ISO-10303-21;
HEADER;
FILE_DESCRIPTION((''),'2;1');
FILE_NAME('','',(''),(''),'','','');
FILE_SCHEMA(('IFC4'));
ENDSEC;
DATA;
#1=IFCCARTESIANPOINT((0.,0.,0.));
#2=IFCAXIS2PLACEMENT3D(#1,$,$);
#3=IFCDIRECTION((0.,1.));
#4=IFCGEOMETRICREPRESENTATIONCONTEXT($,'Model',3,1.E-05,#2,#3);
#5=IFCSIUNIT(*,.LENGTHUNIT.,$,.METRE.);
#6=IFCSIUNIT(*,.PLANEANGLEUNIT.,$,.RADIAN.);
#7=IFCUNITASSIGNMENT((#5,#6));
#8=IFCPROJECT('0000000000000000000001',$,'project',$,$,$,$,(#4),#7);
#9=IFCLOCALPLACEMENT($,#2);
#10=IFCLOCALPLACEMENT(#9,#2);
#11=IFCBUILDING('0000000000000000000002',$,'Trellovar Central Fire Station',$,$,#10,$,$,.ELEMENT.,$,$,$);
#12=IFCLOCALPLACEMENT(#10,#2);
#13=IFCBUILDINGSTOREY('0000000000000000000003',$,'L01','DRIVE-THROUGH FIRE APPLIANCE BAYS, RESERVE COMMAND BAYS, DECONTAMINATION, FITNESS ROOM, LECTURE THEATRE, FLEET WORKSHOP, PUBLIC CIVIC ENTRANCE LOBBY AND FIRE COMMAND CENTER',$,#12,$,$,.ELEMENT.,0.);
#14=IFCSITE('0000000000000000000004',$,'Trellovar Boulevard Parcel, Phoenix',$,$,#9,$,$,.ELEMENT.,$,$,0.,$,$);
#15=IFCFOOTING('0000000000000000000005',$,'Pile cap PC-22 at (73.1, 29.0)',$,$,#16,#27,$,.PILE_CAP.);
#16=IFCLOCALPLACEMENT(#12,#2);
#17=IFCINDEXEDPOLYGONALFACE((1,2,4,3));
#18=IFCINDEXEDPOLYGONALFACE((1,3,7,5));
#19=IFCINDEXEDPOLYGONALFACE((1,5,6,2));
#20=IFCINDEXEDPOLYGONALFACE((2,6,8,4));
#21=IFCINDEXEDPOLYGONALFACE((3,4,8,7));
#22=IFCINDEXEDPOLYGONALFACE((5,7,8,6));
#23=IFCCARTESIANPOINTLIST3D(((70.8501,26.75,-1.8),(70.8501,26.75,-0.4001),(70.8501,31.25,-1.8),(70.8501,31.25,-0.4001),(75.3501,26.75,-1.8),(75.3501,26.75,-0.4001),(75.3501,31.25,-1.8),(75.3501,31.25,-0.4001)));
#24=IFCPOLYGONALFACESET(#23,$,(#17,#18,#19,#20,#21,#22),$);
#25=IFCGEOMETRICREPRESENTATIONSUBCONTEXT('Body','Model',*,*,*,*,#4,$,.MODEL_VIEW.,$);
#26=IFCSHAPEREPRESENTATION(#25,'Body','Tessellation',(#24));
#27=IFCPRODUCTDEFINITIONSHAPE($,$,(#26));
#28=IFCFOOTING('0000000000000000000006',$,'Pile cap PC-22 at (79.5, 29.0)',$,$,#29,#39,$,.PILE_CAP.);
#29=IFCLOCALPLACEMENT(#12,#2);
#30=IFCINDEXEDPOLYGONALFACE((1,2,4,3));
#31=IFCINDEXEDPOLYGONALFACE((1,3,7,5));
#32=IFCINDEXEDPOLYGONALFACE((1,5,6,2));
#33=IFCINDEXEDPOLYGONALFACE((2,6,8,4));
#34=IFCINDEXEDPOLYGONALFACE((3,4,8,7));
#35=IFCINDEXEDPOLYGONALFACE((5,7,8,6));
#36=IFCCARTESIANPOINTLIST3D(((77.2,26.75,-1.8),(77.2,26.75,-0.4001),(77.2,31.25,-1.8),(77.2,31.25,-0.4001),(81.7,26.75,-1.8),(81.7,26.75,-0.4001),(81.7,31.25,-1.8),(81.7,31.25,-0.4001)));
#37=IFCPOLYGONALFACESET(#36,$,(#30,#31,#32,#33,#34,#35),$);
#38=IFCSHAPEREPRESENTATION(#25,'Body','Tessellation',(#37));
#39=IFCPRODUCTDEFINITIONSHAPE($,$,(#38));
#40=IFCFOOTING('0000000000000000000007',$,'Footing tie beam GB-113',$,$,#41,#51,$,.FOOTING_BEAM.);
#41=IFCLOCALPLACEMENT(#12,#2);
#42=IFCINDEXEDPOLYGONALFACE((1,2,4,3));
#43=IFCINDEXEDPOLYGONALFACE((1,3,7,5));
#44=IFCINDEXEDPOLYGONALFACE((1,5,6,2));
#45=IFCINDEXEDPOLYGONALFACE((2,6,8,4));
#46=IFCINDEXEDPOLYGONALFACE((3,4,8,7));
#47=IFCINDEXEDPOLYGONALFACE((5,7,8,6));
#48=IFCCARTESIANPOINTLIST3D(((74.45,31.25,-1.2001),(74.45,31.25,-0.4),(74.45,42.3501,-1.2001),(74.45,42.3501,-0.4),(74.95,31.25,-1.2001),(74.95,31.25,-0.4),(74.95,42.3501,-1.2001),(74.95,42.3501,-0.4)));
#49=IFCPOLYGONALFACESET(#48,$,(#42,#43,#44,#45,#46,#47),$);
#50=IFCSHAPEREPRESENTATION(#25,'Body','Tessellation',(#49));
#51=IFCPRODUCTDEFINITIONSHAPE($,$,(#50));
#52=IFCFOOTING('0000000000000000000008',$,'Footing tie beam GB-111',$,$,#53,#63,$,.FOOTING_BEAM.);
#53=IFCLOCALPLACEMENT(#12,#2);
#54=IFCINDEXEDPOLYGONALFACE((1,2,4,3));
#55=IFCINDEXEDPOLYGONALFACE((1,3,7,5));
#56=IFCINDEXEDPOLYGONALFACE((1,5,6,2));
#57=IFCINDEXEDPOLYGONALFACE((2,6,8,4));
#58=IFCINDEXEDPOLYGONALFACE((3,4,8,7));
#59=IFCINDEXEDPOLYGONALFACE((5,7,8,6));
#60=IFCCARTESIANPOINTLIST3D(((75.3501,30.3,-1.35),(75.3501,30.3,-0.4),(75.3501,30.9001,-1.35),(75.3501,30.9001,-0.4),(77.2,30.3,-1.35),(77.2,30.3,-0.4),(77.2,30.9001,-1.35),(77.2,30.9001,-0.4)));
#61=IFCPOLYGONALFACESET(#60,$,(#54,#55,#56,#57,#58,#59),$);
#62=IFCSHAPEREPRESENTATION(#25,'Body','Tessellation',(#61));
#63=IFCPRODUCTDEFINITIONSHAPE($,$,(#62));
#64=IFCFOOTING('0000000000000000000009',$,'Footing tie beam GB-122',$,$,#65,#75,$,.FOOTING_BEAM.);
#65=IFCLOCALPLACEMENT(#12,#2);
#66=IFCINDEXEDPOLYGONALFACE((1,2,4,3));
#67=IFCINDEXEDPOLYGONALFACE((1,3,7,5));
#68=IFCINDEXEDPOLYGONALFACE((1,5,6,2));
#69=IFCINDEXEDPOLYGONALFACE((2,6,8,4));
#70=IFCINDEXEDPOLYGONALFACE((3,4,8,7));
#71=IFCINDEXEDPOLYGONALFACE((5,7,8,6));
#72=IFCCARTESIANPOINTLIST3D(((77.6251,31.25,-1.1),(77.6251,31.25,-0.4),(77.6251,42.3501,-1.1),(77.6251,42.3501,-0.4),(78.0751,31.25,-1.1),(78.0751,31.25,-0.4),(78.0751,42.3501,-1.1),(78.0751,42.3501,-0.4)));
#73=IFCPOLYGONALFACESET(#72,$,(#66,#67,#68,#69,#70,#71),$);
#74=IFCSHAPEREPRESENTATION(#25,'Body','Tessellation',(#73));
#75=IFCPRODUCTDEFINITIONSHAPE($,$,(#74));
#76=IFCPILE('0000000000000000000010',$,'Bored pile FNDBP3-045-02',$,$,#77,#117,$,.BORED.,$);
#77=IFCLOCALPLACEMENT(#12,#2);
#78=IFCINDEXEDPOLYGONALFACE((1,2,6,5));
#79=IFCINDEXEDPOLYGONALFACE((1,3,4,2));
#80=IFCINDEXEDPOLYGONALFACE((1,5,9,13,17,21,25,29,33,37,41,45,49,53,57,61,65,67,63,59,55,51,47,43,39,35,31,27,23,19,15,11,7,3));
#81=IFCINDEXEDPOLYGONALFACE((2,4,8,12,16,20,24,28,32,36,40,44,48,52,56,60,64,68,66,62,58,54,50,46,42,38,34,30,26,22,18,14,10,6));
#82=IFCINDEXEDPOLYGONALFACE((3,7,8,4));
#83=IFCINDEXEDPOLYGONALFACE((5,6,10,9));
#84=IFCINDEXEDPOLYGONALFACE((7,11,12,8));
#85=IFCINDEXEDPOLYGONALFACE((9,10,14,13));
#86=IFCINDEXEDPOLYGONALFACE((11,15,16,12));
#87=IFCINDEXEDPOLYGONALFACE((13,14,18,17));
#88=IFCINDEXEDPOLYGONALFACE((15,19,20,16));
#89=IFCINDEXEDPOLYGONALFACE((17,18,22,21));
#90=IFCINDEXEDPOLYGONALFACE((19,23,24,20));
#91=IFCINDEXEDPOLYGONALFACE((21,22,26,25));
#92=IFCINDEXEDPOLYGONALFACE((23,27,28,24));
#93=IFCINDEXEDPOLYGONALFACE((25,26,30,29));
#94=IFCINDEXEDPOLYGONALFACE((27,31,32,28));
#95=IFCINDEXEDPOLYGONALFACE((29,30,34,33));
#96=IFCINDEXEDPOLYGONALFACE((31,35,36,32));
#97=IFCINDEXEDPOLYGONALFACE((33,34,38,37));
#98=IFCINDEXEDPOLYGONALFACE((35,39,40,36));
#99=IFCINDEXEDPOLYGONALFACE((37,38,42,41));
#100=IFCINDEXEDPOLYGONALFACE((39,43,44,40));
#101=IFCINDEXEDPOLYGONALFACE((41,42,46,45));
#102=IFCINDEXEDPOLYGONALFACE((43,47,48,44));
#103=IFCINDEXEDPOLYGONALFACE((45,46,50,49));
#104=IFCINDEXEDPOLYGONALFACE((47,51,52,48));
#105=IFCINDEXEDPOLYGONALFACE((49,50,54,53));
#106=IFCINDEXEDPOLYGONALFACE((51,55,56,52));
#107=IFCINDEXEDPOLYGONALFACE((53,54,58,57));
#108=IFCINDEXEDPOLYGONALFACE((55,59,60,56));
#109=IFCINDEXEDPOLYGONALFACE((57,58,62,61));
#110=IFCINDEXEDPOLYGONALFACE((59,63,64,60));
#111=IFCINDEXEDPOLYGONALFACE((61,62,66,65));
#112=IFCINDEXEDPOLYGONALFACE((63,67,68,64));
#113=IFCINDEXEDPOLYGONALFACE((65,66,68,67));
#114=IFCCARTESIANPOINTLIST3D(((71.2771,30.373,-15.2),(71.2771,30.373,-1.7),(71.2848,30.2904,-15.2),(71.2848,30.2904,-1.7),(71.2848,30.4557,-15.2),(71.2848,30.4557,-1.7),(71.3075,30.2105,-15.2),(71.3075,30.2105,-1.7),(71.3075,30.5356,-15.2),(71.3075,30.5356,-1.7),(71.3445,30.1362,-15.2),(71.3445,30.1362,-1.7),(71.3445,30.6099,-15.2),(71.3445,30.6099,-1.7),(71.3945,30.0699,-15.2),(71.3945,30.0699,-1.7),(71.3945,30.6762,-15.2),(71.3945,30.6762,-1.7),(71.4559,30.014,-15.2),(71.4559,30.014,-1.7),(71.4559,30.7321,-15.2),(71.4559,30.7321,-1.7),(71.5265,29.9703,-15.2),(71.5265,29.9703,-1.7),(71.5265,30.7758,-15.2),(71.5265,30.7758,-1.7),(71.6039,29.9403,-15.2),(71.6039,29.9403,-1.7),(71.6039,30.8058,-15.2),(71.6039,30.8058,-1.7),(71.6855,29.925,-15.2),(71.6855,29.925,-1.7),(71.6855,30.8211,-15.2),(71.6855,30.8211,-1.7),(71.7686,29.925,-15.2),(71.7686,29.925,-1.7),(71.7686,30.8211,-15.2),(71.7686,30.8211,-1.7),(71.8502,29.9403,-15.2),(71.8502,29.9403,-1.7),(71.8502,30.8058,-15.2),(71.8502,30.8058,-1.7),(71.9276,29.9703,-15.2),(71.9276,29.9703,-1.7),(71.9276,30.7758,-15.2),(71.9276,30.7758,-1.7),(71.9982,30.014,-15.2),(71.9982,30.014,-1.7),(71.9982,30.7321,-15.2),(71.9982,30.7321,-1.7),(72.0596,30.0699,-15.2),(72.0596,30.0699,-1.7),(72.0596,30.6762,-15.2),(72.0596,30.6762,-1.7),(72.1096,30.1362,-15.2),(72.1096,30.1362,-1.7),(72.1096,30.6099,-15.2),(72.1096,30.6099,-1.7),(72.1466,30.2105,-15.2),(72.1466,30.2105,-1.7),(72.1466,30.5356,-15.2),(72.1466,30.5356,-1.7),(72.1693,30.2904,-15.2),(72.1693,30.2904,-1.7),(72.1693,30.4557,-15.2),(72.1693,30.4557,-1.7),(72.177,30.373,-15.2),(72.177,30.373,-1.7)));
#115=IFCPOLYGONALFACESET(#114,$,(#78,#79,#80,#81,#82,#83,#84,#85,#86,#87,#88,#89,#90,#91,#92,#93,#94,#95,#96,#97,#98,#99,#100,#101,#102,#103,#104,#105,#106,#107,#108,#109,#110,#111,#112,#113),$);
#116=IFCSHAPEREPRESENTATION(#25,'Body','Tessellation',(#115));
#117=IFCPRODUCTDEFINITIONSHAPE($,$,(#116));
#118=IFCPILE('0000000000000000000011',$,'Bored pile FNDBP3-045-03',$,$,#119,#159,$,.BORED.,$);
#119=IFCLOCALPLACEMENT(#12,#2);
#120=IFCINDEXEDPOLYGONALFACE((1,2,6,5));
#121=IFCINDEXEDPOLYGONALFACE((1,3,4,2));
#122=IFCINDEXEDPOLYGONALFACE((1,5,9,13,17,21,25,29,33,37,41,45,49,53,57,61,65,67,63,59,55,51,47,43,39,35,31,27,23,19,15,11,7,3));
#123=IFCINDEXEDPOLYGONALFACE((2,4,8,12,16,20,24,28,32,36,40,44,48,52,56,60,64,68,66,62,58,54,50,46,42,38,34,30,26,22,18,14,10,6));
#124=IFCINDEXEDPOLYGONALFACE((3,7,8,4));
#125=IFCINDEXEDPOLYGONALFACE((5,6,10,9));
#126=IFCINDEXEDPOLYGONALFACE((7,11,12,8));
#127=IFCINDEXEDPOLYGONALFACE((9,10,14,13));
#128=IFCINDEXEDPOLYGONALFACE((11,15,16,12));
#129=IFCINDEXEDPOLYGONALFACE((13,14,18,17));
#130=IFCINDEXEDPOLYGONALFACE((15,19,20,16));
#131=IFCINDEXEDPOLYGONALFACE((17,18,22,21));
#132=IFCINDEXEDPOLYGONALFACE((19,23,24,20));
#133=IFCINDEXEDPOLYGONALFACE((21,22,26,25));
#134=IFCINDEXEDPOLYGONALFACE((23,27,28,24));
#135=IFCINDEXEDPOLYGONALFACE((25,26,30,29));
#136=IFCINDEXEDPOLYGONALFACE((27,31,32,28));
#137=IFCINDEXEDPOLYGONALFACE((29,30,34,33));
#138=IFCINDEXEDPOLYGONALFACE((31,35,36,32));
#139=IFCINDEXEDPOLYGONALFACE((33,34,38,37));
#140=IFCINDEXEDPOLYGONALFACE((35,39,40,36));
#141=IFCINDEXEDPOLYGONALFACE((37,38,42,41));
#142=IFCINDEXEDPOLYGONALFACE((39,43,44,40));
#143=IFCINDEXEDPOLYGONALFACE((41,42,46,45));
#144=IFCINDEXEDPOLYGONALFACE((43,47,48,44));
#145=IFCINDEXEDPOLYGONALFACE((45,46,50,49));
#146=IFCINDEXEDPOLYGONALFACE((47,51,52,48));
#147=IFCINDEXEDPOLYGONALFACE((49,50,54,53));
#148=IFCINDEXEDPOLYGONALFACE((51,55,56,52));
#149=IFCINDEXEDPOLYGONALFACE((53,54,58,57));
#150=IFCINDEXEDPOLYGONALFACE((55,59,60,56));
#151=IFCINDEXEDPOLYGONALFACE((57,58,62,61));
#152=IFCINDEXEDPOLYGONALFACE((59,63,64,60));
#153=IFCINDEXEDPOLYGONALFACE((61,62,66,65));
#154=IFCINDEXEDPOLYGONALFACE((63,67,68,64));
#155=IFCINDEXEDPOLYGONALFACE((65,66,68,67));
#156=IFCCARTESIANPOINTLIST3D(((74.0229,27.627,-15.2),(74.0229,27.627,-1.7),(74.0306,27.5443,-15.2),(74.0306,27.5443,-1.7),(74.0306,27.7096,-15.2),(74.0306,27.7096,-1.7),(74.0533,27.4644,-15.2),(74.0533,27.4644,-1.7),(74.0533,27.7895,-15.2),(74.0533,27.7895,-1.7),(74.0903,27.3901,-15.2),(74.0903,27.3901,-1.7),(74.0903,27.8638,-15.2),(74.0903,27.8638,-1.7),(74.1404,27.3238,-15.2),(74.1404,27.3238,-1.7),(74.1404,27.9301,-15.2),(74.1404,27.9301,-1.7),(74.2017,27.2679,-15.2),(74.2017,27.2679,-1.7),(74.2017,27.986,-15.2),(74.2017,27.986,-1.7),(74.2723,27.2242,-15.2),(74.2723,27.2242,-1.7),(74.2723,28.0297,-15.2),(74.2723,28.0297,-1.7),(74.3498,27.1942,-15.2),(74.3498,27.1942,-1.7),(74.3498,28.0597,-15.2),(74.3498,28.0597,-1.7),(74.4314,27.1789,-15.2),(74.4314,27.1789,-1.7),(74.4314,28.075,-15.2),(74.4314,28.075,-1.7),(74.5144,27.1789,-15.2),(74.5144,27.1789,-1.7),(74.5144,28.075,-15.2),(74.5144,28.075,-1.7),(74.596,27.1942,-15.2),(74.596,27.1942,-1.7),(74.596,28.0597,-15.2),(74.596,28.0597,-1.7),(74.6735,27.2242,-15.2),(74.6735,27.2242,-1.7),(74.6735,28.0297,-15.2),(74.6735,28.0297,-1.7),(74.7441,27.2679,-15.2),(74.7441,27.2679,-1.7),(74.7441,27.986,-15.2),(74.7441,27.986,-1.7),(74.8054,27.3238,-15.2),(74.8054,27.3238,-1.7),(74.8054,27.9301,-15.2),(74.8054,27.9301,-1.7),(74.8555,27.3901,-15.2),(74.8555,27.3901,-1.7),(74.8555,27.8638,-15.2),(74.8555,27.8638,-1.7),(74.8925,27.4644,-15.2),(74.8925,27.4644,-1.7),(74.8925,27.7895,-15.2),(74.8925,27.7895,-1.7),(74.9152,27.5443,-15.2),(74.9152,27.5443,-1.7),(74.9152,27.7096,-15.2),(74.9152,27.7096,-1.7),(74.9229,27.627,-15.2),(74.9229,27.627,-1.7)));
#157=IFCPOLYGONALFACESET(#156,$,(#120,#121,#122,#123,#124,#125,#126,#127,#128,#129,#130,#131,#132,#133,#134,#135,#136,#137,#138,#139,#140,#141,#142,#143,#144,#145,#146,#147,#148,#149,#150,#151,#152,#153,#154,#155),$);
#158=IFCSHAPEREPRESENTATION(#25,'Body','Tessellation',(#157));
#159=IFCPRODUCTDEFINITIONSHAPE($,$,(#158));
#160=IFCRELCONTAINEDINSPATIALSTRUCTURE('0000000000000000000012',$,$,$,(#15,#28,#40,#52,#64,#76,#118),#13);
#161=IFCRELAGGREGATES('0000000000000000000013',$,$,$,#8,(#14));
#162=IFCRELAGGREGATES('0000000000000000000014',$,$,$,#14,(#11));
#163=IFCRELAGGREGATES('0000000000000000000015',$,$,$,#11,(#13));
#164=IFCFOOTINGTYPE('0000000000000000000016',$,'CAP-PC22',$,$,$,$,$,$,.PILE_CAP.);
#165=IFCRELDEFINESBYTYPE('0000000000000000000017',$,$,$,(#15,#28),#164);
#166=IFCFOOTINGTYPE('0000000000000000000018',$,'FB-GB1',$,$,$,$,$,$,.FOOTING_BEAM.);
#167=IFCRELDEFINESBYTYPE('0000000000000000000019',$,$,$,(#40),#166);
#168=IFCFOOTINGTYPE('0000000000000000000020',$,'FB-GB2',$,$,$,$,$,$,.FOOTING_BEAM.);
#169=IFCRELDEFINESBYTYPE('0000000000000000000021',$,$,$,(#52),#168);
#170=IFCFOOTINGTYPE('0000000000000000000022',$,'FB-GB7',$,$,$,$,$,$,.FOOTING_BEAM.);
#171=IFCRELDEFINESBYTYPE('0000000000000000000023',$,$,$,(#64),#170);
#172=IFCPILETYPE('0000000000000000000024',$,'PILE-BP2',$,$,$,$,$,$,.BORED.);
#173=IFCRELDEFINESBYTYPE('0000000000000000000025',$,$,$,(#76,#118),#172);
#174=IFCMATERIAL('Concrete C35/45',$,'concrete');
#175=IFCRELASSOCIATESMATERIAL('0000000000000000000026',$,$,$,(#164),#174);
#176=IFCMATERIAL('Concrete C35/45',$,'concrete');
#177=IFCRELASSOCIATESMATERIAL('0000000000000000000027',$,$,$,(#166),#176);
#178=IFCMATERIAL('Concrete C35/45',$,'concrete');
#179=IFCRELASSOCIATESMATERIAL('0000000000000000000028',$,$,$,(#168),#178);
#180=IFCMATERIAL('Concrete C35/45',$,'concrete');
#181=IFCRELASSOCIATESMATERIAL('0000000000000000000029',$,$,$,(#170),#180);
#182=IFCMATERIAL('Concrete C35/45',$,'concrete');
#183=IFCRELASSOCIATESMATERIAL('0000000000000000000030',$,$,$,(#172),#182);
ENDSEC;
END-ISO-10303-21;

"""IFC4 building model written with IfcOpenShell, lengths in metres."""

from ifc_helpers import new_model, si_unit, direction, frame, origin, origin_2d, place, context, subcontext, project, spatial, rectangle, circle, extrude, material, material_profile, profile_set, type_object, element, save


model = new_model("IFC4")

# Units and contexts
model_context = context("Model", 3, precision=1e-05, world=origin(), true_north=direction((0.0, 1.0)))
body_context = subcontext(model_context, "Body", "Model", "MODEL_VIEW")
ifc_project = project(units=[si_unit("LENGTHUNIT", "METRE"), si_unit("PLANEANGLEUNIT", "RADIAN")], contexts=[model_context])

# Site, building, storey
site_placement = place(None, origin())
site = spatial("IfcSite", under=ifc_project, at=site_placement, Name="Trellovar Boulevard Parcel, Phoenix", CompositionType="ELEMENT", RefElevation=0.0)
building_placement = place(site_placement, origin())
building = spatial("IfcBuilding", under=site, at=building_placement, Name="Trellovar Central Fire Station", CompositionType="ELEMENT")
storey_placement = place(building_placement, origin())
storey = spatial("IfcBuildingStorey", under=building, at=storey_placement, Name="L01", Description="DRIVE-THROUGH FIRE APPLIANCE BAYS, RESERVE COMMAND BAYS, DECONTAMINATION, FITNESS ROOM, LECTURE THEATRE, FLEET WORKSHOP, PUBLIC CIVIC ENTRANCE LOBBY AND FIRE COMMAND CENTER", CompositionType="ELEMENT", Elevation=0.0)

# Footings
ifc_material_1 = material(Name="Concrete C35/45", Category="concrete")
footing_type_1 = type_object("IfcFootingType", Name="CAP-PC22", PredefinedType="PILE_CAP", material=ifc_material_1)
for number, where, z_axis, x_axis, name in (
    (1, (73.1001, 29.0, -1.8), (0.0, 0.0, 1.0), (1.0, 0.0, 0.0), "Pile cap PC-22 at (73.1, 29.0)"),
    (2, (79.45, 29.0, -1.8), (0.0, 0.0, 1.0), (1.0, 0.0, 0.0), "Pile cap PC-22 at (79.5, 29.0)"),
):
    element("IfcFooting", number, at=place(storey_placement, frame(where, z_axis=z_axis, x_axis=x_axis)), inside=storey, type_object=footing_type_1, Name=name, PredefinedType="PILE_CAP", context=body_context, shape_type="SweptSolid", body=[
        extrude(rectangle(XDim=4.5, YDim=4.5, at=origin_2d()), origin(), (0.0, 0.0, 1.0), 1.3999),
    ])
ifc_material_2 = material(Name="Concrete C35/45", Category="concrete")
ifc_material_profile_1 = material_profile(ifc_material_2, rectangle(XDim=0.5, YDim=0.8, at=origin_2d()), Name="RC500X800")
ifc_profile_set_1 = profile_set([ifc_material_profile_1], Name="Concrete C35/45")
footing_type_2 = type_object("IfcFootingType", Name="FB-GB1", PredefinedType="FOOTING_BEAM", material=ifc_profile_set_1)
footing_1_placement = place(storey_placement, frame((74.7, 31.25, -0.8), z_axis=(0.0, 1.0, 0.0), x_axis=(-1.0, 0.0, 0.0)))
element("IfcFooting", 3, at=footing_1_placement, inside=storey, type_object=footing_type_2, Name="Footing tie beam GB-113", PredefinedType="FOOTING_BEAM", context=body_context, shape_type="SweptSolid", body=[
    extrude(rectangle(XDim=0.5, YDim=0.8, at=origin_2d()), origin(), (0.0, 0.0, 1.0), 11.1001),
])
ifc_material_3 = material(Name="Concrete C35/45", Category="concrete")
ifc_material_profile_2 = material_profile(ifc_material_3, rectangle(XDim=0.6001, YDim=0.95, at=origin_2d()), Name="RC600X950")
ifc_profile_set_2 = profile_set([ifc_material_profile_2], Name="Concrete C35/45")
footing_type_3 = type_object("IfcFootingType", Name="FB-GB2", PredefinedType="FOOTING_BEAM", material=ifc_profile_set_2)
footing_2_placement = place(storey_placement, frame((75.3501, 30.6001, -0.875), z_axis=(1.0, 0.0, 0.0), x_axis=(0.0, 1.0, 0.0)))
element("IfcFooting", 4, at=footing_2_placement, inside=storey, type_object=footing_type_3, Name="Footing tie beam GB-111", PredefinedType="FOOTING_BEAM", context=body_context, shape_type="SweptSolid", body=[
    extrude(rectangle(XDim=0.6001, YDim=0.95, at=origin_2d()), origin(), (0.0, 0.0, 1.0), 1.8499),
])
ifc_material_4 = material(Name="Concrete C35/45", Category="concrete")
ifc_material_profile_3 = material_profile(ifc_material_4, rectangle(XDim=0.45, YDim=0.7, at=origin_2d()), Name="RC450X700")
ifc_profile_set_3 = profile_set([ifc_material_profile_3], Name="Concrete C35/45")
footing_type_4 = type_object("IfcFootingType", Name="FB-GB7", PredefinedType="FOOTING_BEAM", material=ifc_profile_set_3)
footing_3_placement = place(storey_placement, frame((77.8501, 31.25, -0.75), z_axis=(0.0, 1.0, 0.0), x_axis=(-1.0, 0.0, 0.0)))
element("IfcFooting", 5, at=footing_3_placement, inside=storey, type_object=footing_type_4, Name="Footing tie beam GB-122", PredefinedType="FOOTING_BEAM", context=body_context, shape_type="SweptSolid", body=[
    extrude(rectangle(XDim=0.45, YDim=0.7, at=origin_2d()), origin(), (0.0, 0.0, 1.0), 11.1001),
])

# Piles
ifc_material_5 = material(Name="Concrete C35/45", Category="concrete")
ifc_material_profile_4 = material_profile(ifc_material_5, circle(Radius=0.45, at=origin_2d()), Name="PILE900")
ifc_profile_set_4 = profile_set([ifc_material_profile_4], Name="Concrete C35/45")
pile_type = type_object("IfcPileType", Name="PILE-BP2", PredefinedType="BORED", material=ifc_profile_set_4)
for number, where, z_axis, x_axis, name in (
    (6, (71.7271, 30.373, -1.7), (0.0, 0.0, -1.0), (1.0, 0.0, 0.0), "Bored pile FNDBP3-045-02"),
    (7, (74.4729, 27.627, -1.7), (0.0, 0.0, -1.0), (1.0, 0.0, 0.0), "Bored pile FNDBP3-045-03"),
):
    element("IfcPile", number, at=place(storey_placement, frame(where, z_axis=z_axis, x_axis=x_axis)), inside=storey, type_object=pile_type, Name=name, PredefinedType="BORED", context=body_context, shape_type="SweptSolid", body=[
        extrude(circle(Radius=0.45, at=origin_2d()), origin(), (0.0, 0.0, 1.0), 13.5),
    ])

save(model, "model.ifc")
